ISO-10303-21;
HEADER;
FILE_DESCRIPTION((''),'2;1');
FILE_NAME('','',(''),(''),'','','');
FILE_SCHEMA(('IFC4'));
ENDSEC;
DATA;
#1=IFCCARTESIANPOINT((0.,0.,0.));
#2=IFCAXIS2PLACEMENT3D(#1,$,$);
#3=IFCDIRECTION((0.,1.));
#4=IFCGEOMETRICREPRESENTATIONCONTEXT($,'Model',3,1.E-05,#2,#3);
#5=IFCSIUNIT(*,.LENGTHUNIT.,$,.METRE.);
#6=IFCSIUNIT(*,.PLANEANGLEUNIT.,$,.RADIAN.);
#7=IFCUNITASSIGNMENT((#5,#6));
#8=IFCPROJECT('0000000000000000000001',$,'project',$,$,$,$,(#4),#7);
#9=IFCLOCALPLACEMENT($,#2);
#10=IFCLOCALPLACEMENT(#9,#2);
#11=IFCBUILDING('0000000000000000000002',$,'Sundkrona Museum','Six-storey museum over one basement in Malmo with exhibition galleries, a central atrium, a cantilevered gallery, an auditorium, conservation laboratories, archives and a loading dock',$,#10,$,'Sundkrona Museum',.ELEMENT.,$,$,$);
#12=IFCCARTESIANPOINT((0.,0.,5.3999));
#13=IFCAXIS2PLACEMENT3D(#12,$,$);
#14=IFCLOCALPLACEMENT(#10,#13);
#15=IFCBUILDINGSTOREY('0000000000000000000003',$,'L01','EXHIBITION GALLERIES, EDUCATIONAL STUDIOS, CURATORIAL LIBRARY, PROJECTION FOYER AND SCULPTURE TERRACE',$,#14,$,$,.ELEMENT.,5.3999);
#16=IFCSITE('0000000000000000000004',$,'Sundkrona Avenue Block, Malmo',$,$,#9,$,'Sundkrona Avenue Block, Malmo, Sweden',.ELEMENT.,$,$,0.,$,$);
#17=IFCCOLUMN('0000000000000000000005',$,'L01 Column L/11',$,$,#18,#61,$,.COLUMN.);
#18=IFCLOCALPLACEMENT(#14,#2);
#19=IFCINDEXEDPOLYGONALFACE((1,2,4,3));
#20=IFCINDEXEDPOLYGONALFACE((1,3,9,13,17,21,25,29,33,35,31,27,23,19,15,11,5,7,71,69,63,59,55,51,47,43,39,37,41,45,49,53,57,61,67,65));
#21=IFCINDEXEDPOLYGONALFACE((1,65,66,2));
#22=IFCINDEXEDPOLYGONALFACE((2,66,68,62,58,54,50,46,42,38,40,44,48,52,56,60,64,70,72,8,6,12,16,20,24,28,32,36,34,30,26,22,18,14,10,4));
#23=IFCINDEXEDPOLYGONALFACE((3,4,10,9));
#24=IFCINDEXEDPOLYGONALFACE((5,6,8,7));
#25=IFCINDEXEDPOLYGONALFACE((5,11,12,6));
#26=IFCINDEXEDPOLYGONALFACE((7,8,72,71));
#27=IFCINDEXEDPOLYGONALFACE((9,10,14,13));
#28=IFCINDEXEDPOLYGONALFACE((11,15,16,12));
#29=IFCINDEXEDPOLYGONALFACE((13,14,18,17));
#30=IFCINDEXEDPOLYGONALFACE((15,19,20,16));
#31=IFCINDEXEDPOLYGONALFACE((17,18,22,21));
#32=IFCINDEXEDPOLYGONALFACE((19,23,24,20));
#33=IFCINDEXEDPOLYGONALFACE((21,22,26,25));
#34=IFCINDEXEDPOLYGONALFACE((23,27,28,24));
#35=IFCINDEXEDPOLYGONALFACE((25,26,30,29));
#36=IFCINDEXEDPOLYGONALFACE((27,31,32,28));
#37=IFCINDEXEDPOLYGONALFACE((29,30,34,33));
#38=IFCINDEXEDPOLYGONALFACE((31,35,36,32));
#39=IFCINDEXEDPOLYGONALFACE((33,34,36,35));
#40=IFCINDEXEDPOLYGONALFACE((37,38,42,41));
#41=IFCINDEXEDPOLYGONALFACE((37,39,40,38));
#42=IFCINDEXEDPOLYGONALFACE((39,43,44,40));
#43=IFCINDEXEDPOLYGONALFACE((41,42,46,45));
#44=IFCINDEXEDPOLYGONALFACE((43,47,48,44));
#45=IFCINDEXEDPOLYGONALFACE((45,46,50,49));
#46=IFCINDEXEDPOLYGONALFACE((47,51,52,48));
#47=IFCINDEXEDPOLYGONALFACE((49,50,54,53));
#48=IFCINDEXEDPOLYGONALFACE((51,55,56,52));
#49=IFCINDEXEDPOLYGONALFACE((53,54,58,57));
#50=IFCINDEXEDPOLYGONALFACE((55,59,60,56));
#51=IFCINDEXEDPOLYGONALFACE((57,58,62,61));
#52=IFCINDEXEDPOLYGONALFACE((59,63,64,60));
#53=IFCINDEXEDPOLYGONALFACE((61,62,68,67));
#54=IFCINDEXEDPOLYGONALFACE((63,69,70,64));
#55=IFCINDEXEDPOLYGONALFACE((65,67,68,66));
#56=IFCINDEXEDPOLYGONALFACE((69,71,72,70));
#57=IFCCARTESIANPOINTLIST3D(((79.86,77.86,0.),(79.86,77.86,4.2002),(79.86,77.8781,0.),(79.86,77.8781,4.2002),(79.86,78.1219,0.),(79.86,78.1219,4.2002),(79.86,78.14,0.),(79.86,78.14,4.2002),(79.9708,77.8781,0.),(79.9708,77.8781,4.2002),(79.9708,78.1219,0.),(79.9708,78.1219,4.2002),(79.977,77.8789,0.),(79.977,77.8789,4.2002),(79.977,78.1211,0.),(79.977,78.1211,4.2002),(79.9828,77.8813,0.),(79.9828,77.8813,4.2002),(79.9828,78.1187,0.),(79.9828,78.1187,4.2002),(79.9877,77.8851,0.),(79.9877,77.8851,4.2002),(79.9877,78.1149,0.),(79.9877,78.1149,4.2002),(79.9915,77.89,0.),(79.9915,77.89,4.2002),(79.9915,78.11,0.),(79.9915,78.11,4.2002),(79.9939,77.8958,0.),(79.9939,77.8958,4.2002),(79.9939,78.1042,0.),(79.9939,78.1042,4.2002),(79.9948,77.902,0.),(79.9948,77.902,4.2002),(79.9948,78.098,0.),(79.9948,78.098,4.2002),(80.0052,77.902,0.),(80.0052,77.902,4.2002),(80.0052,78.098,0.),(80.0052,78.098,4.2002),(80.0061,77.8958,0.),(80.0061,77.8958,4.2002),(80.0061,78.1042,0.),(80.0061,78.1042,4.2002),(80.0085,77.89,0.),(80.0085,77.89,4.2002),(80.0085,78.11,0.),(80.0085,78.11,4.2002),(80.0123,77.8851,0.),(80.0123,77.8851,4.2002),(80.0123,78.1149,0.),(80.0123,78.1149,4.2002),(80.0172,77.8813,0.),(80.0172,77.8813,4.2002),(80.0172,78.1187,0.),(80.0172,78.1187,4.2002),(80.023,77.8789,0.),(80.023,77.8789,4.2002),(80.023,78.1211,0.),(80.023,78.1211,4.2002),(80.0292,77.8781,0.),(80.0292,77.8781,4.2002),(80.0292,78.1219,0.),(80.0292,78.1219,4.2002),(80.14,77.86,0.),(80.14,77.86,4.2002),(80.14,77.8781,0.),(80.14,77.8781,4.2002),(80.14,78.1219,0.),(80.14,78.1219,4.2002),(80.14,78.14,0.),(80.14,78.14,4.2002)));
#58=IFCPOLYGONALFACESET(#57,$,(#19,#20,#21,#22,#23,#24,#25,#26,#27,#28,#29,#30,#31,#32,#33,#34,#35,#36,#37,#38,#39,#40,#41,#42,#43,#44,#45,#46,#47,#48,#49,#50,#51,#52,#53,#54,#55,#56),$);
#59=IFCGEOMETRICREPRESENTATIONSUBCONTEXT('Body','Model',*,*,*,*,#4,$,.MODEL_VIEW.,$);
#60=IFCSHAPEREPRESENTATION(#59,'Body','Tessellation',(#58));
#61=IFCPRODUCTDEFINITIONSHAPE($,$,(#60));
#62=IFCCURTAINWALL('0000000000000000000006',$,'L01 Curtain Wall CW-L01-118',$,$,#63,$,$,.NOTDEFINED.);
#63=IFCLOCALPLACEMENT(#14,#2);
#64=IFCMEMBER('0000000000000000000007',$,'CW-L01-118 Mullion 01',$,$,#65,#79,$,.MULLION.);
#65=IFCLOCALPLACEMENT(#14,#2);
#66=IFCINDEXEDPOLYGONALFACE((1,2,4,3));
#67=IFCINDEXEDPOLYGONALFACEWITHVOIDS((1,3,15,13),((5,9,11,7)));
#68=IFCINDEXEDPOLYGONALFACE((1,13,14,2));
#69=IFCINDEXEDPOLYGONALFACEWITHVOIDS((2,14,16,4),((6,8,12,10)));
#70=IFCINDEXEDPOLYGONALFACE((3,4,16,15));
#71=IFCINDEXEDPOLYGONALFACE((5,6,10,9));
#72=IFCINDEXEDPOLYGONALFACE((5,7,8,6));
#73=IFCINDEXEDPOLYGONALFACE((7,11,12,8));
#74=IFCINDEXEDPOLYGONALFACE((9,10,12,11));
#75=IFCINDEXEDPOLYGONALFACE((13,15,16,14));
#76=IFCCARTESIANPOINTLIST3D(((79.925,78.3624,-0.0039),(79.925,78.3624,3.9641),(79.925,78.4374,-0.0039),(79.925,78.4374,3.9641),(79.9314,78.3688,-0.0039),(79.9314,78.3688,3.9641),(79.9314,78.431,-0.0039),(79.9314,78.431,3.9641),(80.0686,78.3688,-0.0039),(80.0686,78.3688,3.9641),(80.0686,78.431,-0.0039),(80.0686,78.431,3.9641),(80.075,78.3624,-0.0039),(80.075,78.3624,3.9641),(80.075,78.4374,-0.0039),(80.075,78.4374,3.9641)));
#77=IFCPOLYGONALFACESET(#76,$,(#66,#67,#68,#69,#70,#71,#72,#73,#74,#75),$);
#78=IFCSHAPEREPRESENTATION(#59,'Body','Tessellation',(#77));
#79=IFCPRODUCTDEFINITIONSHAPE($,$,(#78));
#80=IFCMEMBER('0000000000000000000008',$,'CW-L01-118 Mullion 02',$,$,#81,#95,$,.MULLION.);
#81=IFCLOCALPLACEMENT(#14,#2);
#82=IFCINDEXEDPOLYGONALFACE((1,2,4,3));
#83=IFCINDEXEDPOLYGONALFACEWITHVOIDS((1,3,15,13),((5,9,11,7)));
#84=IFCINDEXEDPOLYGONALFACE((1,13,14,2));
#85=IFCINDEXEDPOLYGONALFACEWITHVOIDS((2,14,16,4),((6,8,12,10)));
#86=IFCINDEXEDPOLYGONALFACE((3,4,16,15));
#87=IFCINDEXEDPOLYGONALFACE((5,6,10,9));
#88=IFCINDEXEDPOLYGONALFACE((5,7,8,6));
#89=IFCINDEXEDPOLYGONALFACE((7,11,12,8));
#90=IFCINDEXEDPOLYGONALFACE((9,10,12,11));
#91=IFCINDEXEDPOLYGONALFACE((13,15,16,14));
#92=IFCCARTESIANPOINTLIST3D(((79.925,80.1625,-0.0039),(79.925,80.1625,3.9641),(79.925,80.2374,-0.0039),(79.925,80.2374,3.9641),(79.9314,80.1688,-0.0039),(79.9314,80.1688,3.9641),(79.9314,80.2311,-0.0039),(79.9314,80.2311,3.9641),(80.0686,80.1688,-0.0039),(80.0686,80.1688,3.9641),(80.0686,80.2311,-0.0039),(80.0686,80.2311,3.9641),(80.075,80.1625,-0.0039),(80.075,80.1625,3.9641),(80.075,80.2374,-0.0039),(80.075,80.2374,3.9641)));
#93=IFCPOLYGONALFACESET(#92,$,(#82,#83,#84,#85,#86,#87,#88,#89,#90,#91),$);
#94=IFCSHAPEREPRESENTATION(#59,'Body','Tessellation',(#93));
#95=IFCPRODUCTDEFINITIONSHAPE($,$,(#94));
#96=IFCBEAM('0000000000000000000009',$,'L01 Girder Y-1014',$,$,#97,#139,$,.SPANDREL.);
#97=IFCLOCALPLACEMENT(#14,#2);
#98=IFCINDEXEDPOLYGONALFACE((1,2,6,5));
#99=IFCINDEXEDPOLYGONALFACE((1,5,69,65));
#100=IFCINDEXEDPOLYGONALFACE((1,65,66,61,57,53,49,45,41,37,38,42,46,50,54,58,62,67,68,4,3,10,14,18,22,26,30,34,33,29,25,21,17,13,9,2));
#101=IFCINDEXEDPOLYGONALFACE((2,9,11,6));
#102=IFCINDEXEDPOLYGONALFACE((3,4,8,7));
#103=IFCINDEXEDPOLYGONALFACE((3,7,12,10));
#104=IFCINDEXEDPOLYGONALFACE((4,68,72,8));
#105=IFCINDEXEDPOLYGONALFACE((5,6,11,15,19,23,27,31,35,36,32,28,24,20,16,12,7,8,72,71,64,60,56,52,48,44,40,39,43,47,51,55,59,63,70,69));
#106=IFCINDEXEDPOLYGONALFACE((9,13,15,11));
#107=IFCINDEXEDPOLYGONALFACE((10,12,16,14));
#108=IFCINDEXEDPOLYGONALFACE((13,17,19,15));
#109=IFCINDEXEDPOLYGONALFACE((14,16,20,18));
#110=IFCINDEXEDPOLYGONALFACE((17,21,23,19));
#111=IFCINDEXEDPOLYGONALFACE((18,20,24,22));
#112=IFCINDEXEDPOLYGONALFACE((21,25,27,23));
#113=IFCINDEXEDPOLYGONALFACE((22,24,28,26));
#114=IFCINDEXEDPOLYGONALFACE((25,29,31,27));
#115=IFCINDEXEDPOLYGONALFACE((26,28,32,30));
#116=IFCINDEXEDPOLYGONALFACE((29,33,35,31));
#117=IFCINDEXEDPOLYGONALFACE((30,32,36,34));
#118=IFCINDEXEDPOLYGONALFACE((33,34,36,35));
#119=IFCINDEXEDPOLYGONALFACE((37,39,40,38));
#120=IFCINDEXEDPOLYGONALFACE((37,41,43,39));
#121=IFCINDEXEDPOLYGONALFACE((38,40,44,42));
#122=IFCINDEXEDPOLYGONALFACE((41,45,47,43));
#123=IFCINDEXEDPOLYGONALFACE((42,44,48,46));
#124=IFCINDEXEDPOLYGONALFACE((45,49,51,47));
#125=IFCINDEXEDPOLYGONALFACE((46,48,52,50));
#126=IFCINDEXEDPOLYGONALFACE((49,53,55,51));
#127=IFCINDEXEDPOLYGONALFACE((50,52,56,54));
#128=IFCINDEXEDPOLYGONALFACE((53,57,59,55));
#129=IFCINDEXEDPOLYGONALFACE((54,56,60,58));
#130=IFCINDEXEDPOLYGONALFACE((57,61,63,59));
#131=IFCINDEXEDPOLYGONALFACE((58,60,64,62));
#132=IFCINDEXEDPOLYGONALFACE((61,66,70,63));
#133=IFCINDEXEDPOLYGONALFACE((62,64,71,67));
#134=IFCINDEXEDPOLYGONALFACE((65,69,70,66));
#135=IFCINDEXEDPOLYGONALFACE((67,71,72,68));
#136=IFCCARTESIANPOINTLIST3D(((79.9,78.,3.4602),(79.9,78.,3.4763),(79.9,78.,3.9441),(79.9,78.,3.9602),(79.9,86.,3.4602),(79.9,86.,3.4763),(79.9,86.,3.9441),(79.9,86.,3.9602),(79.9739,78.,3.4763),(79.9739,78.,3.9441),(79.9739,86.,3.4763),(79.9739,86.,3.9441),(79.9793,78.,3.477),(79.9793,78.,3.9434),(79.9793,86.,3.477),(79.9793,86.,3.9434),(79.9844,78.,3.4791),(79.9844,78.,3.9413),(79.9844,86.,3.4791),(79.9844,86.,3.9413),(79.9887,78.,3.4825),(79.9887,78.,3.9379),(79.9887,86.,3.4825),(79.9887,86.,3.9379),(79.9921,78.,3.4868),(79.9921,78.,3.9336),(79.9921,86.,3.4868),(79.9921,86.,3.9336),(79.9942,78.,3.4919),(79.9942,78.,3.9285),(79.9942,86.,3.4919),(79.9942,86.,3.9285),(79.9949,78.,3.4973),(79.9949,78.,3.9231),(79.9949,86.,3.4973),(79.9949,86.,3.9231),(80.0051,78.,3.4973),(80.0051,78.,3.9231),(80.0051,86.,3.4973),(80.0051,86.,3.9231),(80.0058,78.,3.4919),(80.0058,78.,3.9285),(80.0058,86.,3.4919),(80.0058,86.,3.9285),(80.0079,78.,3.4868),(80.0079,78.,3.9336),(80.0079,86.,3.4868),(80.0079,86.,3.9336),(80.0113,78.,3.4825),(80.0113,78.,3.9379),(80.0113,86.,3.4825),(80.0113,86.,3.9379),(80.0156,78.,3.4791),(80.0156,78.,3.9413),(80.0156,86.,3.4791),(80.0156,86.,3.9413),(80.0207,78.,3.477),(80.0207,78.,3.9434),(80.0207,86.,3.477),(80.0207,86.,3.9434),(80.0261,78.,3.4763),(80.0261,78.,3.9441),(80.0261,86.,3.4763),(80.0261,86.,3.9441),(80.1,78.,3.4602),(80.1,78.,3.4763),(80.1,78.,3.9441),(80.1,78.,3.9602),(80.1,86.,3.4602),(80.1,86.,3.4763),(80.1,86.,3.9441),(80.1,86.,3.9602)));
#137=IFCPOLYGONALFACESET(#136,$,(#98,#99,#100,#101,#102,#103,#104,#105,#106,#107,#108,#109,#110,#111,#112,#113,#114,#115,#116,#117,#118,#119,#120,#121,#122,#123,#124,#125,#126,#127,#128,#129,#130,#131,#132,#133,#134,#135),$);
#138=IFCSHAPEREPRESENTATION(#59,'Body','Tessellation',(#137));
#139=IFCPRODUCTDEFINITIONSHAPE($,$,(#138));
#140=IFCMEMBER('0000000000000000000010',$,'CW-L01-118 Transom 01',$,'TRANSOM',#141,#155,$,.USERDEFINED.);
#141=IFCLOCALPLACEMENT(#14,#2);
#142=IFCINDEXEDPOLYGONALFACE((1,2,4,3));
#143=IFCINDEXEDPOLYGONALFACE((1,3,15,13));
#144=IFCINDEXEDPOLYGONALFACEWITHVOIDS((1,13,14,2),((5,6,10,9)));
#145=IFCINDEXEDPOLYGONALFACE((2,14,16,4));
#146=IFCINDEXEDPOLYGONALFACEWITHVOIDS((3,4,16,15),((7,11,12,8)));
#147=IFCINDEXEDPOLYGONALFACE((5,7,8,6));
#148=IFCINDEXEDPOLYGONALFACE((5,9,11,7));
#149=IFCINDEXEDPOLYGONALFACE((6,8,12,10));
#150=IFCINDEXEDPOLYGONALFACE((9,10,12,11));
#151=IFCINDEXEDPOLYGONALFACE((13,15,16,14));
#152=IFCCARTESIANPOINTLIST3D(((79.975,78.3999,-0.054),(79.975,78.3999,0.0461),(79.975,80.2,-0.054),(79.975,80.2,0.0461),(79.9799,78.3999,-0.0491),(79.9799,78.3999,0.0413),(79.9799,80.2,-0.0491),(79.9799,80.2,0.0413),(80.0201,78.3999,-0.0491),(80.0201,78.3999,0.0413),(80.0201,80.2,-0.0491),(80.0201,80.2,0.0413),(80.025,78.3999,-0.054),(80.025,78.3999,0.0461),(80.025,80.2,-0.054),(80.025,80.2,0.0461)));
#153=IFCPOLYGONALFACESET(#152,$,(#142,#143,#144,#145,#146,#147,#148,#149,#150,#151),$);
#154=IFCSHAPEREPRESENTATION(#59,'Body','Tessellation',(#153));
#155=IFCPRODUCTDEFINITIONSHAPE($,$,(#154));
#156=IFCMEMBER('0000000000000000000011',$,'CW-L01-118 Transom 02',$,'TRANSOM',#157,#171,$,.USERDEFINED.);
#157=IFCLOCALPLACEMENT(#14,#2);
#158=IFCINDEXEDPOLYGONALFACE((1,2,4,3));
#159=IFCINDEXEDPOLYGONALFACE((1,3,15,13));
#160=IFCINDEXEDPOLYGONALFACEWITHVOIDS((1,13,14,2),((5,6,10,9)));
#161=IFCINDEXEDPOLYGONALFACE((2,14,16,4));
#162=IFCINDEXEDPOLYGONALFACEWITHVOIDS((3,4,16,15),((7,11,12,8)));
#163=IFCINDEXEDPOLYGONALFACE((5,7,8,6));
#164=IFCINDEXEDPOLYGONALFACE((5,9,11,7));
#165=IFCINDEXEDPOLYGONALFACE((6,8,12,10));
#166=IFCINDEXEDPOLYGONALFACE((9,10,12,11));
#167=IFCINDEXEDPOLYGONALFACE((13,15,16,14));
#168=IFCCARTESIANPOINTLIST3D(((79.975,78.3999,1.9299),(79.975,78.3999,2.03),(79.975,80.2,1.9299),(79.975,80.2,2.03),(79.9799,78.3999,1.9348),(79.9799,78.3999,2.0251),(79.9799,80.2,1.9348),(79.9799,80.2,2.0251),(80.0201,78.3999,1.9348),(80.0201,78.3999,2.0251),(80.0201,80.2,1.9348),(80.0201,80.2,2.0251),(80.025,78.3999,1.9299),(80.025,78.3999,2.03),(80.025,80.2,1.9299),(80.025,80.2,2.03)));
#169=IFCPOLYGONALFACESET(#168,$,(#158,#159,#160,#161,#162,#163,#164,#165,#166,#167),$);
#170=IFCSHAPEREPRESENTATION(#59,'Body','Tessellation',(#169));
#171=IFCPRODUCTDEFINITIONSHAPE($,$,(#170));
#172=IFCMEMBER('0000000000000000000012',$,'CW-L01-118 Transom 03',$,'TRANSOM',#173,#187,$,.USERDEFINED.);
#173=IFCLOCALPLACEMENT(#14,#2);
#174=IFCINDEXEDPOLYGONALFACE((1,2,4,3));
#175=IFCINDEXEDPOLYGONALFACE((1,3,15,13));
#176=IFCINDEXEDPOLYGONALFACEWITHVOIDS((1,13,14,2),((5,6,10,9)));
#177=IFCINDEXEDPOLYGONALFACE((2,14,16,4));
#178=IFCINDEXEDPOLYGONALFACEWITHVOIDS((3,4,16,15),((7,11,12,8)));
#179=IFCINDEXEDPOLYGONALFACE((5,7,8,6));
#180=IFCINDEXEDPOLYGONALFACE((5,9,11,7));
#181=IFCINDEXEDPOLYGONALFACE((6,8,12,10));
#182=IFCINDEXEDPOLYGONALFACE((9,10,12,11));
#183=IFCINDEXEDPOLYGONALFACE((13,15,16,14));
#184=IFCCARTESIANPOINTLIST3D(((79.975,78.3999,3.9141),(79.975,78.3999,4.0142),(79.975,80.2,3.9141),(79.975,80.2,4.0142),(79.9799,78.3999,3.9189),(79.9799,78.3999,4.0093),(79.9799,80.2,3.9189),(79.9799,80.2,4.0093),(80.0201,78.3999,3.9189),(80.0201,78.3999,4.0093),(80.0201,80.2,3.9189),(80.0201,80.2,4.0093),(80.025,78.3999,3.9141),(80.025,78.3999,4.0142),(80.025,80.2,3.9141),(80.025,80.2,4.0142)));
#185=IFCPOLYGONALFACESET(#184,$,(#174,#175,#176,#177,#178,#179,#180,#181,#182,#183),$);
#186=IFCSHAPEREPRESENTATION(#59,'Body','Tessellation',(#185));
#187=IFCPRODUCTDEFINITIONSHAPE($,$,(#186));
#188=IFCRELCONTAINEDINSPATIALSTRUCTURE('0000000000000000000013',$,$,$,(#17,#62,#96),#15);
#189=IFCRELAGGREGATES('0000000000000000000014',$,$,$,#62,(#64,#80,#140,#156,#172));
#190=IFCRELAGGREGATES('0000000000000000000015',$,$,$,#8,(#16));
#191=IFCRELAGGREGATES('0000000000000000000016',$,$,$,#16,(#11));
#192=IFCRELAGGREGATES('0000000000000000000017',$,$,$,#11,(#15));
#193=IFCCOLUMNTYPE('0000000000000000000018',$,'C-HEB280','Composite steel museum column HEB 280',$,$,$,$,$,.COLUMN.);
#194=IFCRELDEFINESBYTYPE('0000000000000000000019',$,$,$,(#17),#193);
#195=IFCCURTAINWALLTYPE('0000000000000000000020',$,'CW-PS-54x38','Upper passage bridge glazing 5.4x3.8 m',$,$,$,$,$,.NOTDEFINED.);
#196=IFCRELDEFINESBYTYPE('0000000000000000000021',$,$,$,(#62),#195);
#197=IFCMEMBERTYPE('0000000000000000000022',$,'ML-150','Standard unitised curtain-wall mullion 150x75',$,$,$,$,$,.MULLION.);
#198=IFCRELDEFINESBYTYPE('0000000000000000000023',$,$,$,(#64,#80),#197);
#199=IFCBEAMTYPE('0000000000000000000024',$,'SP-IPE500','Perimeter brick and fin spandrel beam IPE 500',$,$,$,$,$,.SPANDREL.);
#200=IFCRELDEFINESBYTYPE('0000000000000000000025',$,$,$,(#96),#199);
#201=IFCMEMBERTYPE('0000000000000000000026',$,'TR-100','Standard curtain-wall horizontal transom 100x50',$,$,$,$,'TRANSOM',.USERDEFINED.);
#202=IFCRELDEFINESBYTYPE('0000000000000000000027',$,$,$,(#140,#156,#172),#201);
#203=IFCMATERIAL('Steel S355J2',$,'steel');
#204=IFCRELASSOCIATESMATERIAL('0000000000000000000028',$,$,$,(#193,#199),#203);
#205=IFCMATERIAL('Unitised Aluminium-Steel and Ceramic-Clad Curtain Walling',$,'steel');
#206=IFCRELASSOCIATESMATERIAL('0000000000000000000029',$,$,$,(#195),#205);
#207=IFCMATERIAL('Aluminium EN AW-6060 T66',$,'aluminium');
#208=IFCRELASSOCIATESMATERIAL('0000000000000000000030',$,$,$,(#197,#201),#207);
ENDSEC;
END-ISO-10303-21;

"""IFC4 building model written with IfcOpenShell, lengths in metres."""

from ifc_helpers import new_model, si_unit, direction, frame, origin, origin_2d, place, context, subcontext, project, spatial, hollow_rectangle, i_section, extrude, material, material_profile, profile_set, type_object, element, aggregate, save


model = new_model("IFC4")

# Units and contexts
model_context = context("Model", 3, precision=1e-05, world=origin(), true_north=direction((0.0, 1.0)))
body_context = subcontext(model_context, "Body", "Model", "MODEL_VIEW")
ifc_project = project(units=[si_unit("LENGTHUNIT", "METRE"), si_unit("PLANEANGLEUNIT", "RADIAN")], contexts=[model_context])

# Site, building, storey
site_placement = place(None, origin())
site = spatial("IfcSite", under=ifc_project, at=site_placement, Name="Sundkrona Avenue Block, Malmo", LongName="Sundkrona Avenue Block, Malmo, Sweden", CompositionType="ELEMENT", RefElevation=0.0)
building_placement = place(site_placement, origin())
building = spatial("IfcBuilding", under=site, at=building_placement, Name="Sundkrona Museum", Description="Six-storey museum over one basement in Malmo with exhibition galleries, a central atrium, a cantilevered gallery, an auditorium, conservation laboratories, archives and a loading dock", LongName="Sundkrona Museum", CompositionType="ELEMENT")
storey_placement = place(building_placement, frame((0.0, 0.0, 5.3999)))
storey = spatial("IfcBuildingStorey", under=building, at=storey_placement, Name="L01", Description="EXHIBITION GALLERIES, EDUCATIONAL STUDIOS, CURATORIAL LIBRARY, PROJECTION FOYER AND SCULPTURE TERRACE", CompositionType="ELEMENT", Elevation=5.3999)

# Column
ifc_material_1 = material(Name="Steel S355J2", Category="steel")
ifc_material_profile_1 = material_profile(ifc_material_1, i_section(OverallWidth=0.28, OverallDepth=0.28, WebThickness=0.0105, FlangeThickness=0.0181, FilletRadius=0.0239, at=origin_2d()), Name="HEB 280")
ifc_profile_set_1 = profile_set([ifc_material_profile_1], Name="Steel S355J2")
column_type = type_object("IfcColumnType", Name="C-HEB280", Description="Composite steel museum column HEB 280", PredefinedType="COLUMN", material=ifc_profile_set_1)
column_placement = place(storey_placement, frame((80.0, 78.0, 0.0), z_axis=(0.0, 0.0, 1.0), x_axis=(1.0, 0.0, 0.0)))
element("IfcColumn", 1, at=column_placement, inside=storey, type_object=column_type, Name="L01 Column L/11", PredefinedType="COLUMN", context=body_context, shape_type="SweptSolid", body=[
    extrude(i_section(OverallWidth=0.28, OverallDepth=0.28, WebThickness=0.0105, FlangeThickness=0.0181, FilletRadius=0.0239, at=origin_2d()), origin(), (0.0, 0.0, 1.0), 4.2002),
])

# Curtain wall, members
ifc_material_2 = material(Name="Unitised Aluminium-Steel and Ceramic-Clad Curtain Walling", Category="steel")
curtain_wall_type = type_object("IfcCurtainWallType", Name="CW-PS-54x38", Description="Upper passage bridge glazing 5.4x3.8 m", PredefinedType="NOTDEFINED", material=ifc_material_2)
curtain_wall_placement = place(storey_placement, origin())
curtain_wall = element("IfcCurtainWall", 2, at=curtain_wall_placement, inside=storey, type_object=curtain_wall_type, Name="L01 Curtain Wall CW-L01-118", PredefinedType="NOTDEFINED")
ifc_material_3 = material(Name="Aluminium EN AW-6060 T66", Category="aluminium")
ifc_material_profile_2 = material_profile(ifc_material_3, hollow_rectangle(XDim=0.075, YDim=0.1499, WallThickness=0.0063, at=origin_2d()), Name="RHS 150x75x6.3")
ifc_profile_set_2 = profile_set([ifc_material_profile_2], Name="Aluminium EN AW-6060 T66")
member_type_1 = type_object("IfcMemberType", Name="ML-150", Description="Standard unitised curtain-wall mullion 150x75", PredefinedType="MULLION", material=ifc_profile_set_2)
member_1_placement = place(storey_placement, frame((80.0, 78.3999, -0.0039), z_axis=(0.0, 0.0, 1.0), x_axis=(0.0, 1.0, 0.0)))
member_1 = element("IfcMember", 3, at=member_1_placement, type_object=member_type_1, Name="CW-L01-118 Mullion 01", PredefinedType="MULLION", context=body_context, shape_type="SweptSolid", body=[
    extrude(hollow_rectangle(XDim=0.075, YDim=0.1499, WallThickness=0.0063, at=origin_2d()), origin(), (0.0, 0.0, 1.0), 3.968),
])
member_2_placement = place(storey_placement, frame((80.0, 80.2, -0.0039), z_axis=(0.0, 0.0, 1.0), x_axis=(0.0, 1.0, 0.0)))
member_2 = element("IfcMember", 4, at=member_2_placement, type_object=member_type_1, Name="CW-L01-118 Mullion 02", PredefinedType="MULLION", context=body_context, shape_type="SweptSolid", body=[
    extrude(hollow_rectangle(XDim=0.075, YDim=0.1499, WallThickness=0.0063, at=origin_2d()), origin(), (0.0, 0.0, 1.0), 3.968),
])

# Beam
ifc_material_profile_3 = material_profile(ifc_material_1, i_section(OverallWidth=0.2, OverallDepth=0.5, WebThickness=0.0103, FlangeThickness=0.0161, FilletRadius=0.021, at=origin_2d()), Name="IPE 500")
ifc_profile_set_3 = profile_set([ifc_material_profile_3], Name="Steel S355J2")
beam_type = type_object("IfcBeamType", Name="SP-IPE500", Description="Perimeter brick and fin spandrel beam IPE 500", PredefinedType="SPANDREL", material=ifc_profile_set_3)
beam_placement = place(storey_placement, frame((80.0, 78.0, 3.7102), z_axis=(0.0, 1.0, 0.0), x_axis=(-1.0, 0.0, 0.0)))
element("IfcBeam", 5, at=beam_placement, inside=storey, type_object=beam_type, Name="L01 Girder Y-1014", PredefinedType="SPANDREL", context=body_context, shape_type="SweptSolid", body=[
    extrude(i_section(OverallWidth=0.2, OverallDepth=0.5, WebThickness=0.0103, FlangeThickness=0.0161, FilletRadius=0.021, at=origin_2d()), origin(), (0.0, 0.0, 1.0), 8.0),
])

# Members
ifc_material_profile_4 = material_profile(ifc_material_3, hollow_rectangle(XDim=0.05, YDim=0.1001, WallThickness=0.0049, at=origin_2d()), Name="RHS 100x50x5.0")
ifc_profile_set_4 = profile_set([ifc_material_profile_4], Name="Aluminium EN AW-6060 T66")
member_type_2 = type_object("IfcMemberType", Name="TR-100", Description="Standard curtain-wall horizontal transom 100x50", ElementType="TRANSOM", PredefinedType="USERDEFINED", material=ifc_profile_set_4)
member_3_placement = place(storey_placement, frame((80.0, 78.3999, -0.0039), z_axis=(0.0, 1.0, 0.0), x_axis=(-1.0, 0.0, 0.0)))
member_3 = element("IfcMember", 6, at=member_3_placement, type_object=member_type_2, Name="CW-L01-118 Transom 01", ObjectType="TRANSOM", PredefinedType="USERDEFINED", context=body_context, shape_type="SweptSolid", body=[
    extrude(hollow_rectangle(XDim=0.05, YDim=0.1001, WallThickness=0.0049, at=origin_2d()), origin(), (0.0, 0.0, 1.0), 1.8),
])
member_4_placement = place(storey_placement, frame((80.0, 78.3999, 1.98), z_axis=(0.0, 1.0, 0.0), x_axis=(-1.0, 0.0, 0.0)))
member_4 = element("IfcMember", 7, at=member_4_placement, type_object=member_type_2, Name="CW-L01-118 Transom 02", ObjectType="TRANSOM", PredefinedType="USERDEFINED", context=body_context, shape_type="SweptSolid", body=[
    extrude(hollow_rectangle(XDim=0.05, YDim=0.1001, WallThickness=0.0049, at=origin_2d()), origin(), (0.0, 0.0, 1.0), 1.8),
])
member_5_placement = place(storey_placement, frame((80.0, 78.3999, 3.9641), z_axis=(0.0, 1.0, 0.0), x_axis=(-1.0, 0.0, 0.0)))
member_5 = element("IfcMember", 8, at=member_5_placement, type_object=member_type_2, Name="CW-L01-118 Transom 03", ObjectType="TRANSOM", PredefinedType="USERDEFINED", context=body_context, shape_type="SweptSolid", body=[
    extrude(hollow_rectangle(XDim=0.05, YDim=0.1001, WallThickness=0.0049, at=origin_2d()), origin(), (0.0, 0.0, 1.0), 1.8),
])

aggregate(curtain_wall, [member_1, member_2, member_3, member_4, member_5])

save(model, "model.ifc")
